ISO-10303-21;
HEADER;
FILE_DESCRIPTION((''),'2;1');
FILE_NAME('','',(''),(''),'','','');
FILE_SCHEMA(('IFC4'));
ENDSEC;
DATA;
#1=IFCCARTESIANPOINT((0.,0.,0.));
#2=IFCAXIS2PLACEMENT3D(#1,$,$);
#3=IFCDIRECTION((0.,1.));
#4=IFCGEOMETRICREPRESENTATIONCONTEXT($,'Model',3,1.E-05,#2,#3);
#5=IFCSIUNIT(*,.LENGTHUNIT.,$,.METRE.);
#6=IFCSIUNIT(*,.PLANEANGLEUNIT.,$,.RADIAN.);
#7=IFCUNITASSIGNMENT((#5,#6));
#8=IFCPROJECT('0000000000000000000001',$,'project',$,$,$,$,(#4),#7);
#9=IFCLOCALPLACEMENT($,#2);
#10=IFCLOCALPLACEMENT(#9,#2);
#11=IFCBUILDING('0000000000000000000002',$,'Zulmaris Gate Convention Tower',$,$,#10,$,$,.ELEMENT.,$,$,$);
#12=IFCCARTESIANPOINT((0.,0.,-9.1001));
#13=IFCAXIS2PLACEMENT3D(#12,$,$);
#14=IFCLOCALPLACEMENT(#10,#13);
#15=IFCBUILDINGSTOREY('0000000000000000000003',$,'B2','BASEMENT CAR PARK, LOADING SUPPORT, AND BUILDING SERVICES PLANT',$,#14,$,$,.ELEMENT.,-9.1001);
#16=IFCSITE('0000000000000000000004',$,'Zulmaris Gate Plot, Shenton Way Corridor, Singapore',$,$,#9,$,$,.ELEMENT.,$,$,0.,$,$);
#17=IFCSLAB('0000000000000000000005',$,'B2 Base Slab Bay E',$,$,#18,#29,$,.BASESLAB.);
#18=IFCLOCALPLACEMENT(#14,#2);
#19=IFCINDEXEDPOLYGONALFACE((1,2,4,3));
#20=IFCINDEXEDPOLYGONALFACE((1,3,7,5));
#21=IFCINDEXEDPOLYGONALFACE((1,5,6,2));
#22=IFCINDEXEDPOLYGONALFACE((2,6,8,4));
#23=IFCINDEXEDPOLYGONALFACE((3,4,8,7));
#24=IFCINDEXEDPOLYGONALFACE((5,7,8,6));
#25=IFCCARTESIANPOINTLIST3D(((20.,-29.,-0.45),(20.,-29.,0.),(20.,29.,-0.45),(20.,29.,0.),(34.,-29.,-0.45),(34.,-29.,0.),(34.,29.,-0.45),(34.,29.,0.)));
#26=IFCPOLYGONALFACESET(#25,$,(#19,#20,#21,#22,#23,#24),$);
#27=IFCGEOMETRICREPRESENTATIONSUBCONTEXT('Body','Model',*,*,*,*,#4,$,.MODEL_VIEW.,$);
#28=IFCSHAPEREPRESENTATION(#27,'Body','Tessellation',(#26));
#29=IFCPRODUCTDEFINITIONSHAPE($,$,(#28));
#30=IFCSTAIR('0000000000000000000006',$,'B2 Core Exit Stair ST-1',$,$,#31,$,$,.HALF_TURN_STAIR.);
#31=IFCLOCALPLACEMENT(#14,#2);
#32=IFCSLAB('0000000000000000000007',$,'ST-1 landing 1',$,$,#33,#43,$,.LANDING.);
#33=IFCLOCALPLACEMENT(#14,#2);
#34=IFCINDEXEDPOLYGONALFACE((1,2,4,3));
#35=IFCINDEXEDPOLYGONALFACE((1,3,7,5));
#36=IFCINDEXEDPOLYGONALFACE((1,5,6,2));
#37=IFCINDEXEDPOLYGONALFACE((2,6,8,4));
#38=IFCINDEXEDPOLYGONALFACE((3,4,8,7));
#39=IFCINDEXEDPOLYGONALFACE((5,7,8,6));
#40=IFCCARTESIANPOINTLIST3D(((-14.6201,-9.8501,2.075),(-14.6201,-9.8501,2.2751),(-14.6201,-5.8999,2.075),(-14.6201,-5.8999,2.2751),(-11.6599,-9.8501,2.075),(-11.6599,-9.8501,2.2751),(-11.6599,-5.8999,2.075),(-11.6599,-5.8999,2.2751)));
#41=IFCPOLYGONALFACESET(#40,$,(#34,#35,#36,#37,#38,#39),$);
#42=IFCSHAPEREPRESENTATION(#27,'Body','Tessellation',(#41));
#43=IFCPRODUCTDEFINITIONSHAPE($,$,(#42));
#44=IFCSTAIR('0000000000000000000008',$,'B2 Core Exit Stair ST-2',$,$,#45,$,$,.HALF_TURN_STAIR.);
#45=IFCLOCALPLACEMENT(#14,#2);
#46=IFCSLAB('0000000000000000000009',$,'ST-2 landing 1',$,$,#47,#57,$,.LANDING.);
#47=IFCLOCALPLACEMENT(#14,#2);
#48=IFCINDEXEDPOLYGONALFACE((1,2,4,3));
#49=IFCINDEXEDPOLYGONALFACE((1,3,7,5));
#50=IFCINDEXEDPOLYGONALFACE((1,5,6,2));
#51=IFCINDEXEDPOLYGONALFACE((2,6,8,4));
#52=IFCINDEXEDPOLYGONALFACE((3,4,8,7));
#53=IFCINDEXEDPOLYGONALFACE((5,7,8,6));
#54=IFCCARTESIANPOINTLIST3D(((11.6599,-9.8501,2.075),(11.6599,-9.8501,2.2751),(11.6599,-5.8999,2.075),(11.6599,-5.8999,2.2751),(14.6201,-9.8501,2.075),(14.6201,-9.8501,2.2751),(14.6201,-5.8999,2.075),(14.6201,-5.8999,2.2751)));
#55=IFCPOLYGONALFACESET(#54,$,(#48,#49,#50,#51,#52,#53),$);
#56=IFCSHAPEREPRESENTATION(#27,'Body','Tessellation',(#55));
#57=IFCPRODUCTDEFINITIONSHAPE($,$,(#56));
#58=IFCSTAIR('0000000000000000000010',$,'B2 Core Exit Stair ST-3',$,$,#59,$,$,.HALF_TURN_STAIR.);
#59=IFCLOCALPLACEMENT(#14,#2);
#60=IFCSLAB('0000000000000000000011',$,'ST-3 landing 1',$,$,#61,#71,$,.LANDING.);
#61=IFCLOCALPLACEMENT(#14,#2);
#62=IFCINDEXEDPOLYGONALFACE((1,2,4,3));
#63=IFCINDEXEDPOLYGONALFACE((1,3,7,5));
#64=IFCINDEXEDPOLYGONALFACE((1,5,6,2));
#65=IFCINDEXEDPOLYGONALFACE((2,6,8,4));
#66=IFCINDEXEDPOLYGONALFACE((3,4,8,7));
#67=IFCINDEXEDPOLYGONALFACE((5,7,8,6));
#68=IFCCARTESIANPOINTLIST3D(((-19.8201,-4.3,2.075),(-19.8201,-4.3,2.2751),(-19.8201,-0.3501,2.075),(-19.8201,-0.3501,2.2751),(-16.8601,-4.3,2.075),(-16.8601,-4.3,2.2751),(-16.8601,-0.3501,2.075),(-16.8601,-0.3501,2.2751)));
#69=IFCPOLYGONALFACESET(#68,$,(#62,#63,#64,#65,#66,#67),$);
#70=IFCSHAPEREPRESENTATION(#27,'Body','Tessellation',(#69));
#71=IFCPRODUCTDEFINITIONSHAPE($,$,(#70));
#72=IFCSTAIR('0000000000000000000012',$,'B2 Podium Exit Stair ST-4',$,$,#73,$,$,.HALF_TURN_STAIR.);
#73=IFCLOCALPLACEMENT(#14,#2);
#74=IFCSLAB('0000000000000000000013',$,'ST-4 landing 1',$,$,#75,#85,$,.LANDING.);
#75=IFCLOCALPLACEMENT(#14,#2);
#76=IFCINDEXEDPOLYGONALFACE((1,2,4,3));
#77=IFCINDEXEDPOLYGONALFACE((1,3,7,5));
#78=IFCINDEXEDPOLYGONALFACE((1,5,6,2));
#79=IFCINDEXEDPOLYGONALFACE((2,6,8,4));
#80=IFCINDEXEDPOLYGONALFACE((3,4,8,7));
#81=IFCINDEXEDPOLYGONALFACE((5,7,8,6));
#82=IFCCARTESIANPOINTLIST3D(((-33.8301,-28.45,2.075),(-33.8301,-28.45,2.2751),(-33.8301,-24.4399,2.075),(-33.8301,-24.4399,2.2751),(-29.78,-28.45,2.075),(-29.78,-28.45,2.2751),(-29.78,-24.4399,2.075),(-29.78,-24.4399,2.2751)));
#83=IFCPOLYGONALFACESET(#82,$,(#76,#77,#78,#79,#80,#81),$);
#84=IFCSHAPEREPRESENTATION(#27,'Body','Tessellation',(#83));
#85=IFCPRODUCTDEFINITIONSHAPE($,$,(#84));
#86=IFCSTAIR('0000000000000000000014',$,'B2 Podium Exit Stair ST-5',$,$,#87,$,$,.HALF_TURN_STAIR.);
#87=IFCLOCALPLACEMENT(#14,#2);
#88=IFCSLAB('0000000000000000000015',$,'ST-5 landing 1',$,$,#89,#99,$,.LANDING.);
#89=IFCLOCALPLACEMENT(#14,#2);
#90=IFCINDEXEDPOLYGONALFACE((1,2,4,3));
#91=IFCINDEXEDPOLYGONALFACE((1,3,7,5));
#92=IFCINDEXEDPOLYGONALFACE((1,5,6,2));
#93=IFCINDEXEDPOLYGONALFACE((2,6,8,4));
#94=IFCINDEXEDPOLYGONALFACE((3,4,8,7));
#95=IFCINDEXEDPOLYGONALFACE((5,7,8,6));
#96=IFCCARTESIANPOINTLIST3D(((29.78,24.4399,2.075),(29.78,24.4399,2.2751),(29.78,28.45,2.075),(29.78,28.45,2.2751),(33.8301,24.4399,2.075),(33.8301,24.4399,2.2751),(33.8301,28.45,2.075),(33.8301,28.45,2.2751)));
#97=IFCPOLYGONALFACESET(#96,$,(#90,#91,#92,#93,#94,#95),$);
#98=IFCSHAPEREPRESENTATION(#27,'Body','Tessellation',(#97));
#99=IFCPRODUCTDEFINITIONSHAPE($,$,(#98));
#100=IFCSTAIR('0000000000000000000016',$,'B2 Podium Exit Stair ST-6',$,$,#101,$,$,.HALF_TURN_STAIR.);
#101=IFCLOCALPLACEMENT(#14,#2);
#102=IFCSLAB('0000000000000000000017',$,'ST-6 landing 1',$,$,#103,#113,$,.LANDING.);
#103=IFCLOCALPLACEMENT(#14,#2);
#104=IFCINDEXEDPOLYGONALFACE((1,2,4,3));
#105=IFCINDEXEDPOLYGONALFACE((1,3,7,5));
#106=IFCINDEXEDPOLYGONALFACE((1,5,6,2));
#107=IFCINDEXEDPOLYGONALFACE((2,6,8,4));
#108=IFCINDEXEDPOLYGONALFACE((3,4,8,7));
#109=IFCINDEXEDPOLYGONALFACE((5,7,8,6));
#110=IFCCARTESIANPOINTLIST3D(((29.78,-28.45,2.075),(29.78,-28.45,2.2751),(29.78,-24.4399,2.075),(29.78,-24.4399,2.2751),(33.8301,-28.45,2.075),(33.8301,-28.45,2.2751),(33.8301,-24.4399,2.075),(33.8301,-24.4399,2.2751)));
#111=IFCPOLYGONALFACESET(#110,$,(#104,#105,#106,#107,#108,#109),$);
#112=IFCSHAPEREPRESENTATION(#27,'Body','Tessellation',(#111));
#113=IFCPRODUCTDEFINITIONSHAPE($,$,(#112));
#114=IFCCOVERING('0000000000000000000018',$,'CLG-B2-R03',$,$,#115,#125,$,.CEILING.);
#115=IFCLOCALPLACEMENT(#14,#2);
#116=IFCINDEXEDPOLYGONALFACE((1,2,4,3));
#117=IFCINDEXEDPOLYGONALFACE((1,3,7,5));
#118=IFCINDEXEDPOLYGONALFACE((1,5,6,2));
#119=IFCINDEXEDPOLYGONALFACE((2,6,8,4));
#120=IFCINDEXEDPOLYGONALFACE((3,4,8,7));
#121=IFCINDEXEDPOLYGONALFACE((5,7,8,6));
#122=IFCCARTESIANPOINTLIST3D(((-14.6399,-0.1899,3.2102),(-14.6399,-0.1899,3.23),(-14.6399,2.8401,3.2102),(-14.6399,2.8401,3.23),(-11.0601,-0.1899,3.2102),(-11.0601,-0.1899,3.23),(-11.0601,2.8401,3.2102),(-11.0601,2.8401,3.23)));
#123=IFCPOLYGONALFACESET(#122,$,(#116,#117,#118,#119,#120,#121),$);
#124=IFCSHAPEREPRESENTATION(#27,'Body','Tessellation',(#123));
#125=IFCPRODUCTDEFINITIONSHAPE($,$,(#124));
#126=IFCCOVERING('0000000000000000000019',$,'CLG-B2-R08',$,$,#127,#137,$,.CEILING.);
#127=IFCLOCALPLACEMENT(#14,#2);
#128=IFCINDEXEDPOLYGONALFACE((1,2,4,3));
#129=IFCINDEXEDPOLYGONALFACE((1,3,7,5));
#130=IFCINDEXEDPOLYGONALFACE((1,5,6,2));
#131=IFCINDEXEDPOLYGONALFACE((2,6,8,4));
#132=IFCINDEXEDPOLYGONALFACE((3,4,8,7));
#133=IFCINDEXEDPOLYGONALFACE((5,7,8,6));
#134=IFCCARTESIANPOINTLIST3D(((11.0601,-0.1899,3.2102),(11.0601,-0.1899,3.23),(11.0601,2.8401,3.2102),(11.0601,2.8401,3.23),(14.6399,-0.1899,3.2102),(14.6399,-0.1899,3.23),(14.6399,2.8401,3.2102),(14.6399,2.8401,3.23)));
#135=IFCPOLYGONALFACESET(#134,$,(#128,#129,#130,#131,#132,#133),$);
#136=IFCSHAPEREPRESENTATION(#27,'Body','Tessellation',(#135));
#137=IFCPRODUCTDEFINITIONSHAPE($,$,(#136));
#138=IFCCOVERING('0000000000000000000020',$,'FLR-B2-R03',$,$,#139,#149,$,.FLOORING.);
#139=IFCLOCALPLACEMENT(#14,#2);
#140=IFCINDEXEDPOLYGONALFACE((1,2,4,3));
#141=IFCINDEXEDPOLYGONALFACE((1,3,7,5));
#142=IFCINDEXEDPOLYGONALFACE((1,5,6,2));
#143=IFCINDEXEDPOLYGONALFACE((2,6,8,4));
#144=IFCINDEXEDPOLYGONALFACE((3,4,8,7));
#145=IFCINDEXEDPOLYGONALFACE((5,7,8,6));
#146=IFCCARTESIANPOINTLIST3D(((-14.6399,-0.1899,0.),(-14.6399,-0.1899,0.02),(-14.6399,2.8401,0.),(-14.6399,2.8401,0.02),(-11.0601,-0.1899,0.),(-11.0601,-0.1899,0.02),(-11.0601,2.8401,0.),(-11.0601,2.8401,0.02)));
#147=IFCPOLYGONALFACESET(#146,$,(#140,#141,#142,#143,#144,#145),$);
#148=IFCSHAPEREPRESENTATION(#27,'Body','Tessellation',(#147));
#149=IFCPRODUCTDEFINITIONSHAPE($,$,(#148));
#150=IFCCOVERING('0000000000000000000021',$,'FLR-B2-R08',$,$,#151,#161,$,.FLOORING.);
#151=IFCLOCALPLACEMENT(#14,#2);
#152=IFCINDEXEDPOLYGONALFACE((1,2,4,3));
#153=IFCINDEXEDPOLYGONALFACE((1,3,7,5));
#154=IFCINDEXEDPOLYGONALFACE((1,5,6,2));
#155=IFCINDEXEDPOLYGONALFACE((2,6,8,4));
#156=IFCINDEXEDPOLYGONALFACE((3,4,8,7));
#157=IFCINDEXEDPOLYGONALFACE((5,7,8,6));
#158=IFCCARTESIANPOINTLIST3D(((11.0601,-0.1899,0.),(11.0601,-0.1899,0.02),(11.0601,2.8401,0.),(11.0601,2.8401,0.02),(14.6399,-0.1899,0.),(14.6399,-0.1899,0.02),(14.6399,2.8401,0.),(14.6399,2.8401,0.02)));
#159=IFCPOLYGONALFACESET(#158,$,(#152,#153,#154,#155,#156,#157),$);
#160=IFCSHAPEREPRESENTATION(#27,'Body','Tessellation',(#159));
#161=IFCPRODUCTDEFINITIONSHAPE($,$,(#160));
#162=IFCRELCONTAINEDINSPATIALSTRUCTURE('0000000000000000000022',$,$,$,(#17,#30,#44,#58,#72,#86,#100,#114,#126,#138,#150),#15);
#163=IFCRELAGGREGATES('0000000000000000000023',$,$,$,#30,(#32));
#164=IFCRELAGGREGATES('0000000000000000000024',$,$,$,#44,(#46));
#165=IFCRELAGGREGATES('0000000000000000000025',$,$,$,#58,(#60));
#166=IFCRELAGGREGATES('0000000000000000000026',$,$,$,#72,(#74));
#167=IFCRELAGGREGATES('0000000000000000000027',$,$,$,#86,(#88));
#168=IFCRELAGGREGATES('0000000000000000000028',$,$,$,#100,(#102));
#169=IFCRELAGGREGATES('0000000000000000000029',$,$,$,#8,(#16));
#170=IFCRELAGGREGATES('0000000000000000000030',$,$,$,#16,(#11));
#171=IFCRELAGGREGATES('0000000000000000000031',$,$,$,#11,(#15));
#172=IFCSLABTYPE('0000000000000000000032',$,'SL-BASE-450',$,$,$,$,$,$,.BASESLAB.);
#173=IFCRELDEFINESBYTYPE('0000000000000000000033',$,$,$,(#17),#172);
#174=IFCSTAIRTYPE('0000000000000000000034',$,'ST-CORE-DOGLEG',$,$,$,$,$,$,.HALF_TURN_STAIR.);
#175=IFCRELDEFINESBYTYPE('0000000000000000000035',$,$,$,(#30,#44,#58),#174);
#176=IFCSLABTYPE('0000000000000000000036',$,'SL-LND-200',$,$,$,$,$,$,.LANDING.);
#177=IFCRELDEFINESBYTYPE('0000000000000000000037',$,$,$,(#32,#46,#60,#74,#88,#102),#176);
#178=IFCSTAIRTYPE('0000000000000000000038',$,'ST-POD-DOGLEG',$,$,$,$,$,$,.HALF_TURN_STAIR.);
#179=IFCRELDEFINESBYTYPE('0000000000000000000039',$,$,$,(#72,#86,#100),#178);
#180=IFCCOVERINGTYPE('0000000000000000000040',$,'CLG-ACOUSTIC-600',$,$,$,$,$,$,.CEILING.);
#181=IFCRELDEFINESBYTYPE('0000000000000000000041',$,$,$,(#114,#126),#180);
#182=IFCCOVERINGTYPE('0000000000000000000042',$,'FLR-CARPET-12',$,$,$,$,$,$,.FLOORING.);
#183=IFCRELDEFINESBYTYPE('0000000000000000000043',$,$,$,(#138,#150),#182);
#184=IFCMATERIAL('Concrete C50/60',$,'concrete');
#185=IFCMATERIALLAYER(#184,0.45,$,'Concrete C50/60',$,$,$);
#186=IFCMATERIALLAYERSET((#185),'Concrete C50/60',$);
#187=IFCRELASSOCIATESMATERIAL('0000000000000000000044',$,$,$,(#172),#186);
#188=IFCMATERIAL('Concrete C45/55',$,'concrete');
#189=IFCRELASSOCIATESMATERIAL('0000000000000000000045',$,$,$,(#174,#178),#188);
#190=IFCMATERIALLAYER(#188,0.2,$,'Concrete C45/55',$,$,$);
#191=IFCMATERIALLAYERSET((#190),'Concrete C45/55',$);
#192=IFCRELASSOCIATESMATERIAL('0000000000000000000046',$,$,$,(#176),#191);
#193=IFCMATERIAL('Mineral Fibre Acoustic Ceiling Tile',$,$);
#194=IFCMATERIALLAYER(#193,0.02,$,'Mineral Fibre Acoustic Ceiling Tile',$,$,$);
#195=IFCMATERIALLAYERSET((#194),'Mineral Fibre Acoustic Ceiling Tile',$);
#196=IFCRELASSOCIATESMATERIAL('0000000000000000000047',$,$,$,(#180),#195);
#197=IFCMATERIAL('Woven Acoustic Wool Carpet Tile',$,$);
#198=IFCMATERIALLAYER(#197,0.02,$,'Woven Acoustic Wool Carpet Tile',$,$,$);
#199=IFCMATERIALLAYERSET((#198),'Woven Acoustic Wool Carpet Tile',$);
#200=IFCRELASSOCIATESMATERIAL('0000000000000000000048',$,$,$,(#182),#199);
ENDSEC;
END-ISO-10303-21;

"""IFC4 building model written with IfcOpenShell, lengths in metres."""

from ifc_helpers import new_model, si_unit, direction, frame, origin, place, context, subcontext, project, spatial, polyline, outline, extrude, material, layer, layer_set, type_object, element, aggregate, save


model = new_model("IFC4")

# Units and contexts
model_context = context("Model", 3, precision=1e-05, world=origin(), true_north=direction((0.0, 1.0)))
body_context = subcontext(model_context, "Body", "Model", "MODEL_VIEW")
ifc_project = project(units=[si_unit("LENGTHUNIT", "METRE"), si_unit("PLANEANGLEUNIT", "RADIAN")], contexts=[model_context])

# Site, building, storey
site_placement = place(None, origin())
site = spatial("IfcSite", under=ifc_project, at=site_placement, Name="Zulmaris Gate Plot, Shenton Way Corridor, Singapore", CompositionType="ELEMENT", RefElevation=0.0)
building_placement = place(site_placement, origin())
building = spatial("IfcBuilding", under=site, at=building_placement, Name="Zulmaris Gate Convention Tower", CompositionType="ELEMENT")
storey_placement = place(building_placement, frame((0.0, 0.0, -9.1001)))
storey = spatial("IfcBuildingStorey", under=building, at=storey_placement, Name="B2", Description="BASEMENT CAR PARK, LOADING SUPPORT, AND BUILDING SERVICES PLANT", CompositionType="ELEMENT", Elevation=-9.1001)

# Shared definitions
ifc_material_1 = material(Name="Concrete C50/60", Category="concrete")

# Slab
ifc_layer_1 = layer(ifc_material_1, 0.45, Name="Concrete C50/60")
ifc_layer_set_1 = layer_set([ifc_layer_1], Name="Concrete C50/60")
slab_type_1 = type_object("IfcSlabType", Name="SL-BASE-450", PredefinedType="BASESLAB", material=ifc_layer_set_1)
slab_1_placement = place(storey_placement, frame((0.0, 0.0, -0.45)))
element("IfcSlab", 1, at=slab_1_placement, inside=storey, type_object=slab_type_1, Name="B2 Base Slab Bay E", PredefinedType="BASESLAB", context=body_context, shape_type="SweptSolid", body=[
    extrude(outline(polyline([(20.0, -29.0), (34.0, -29.0), (34.0, 29.0), (20.0, 29.0), (20.0, -29.0)])), origin(), (0.0, 0.0, 1.0), 0.45),
])

# Stairs, slabs
ifc_material_2 = material(Name="Concrete C45/55", Category="concrete")
stair_type_1 = type_object("IfcStairType", Name="ST-CORE-DOGLEG", PredefinedType="HALF_TURN_STAIR", material=ifc_material_2)
stair_1_placement = place(storey_placement, origin())
stair_1 = element("IfcStair", 2, at=stair_1_placement, inside=storey, type_object=stair_type_1, Name="B2 Core Exit Stair ST-1", PredefinedType="HALF_TURN_STAIR")
ifc_layer_2 = layer(ifc_material_2, 0.2, Name="Concrete C45/55")
ifc_layer_set_2 = layer_set([ifc_layer_2], Name="Concrete C45/55")
slab_type_2 = type_object("IfcSlabType", Name="SL-LND-200", PredefinedType="LANDING", material=ifc_layer_set_2)
slab_2_placement = place(storey_placement, frame((0.0, 0.0, 2.075)))
slab_2 = element("IfcSlab", 3, at=slab_2_placement, type_object=slab_type_2, Name="ST-1 landing 1", PredefinedType="LANDING", context=body_context, shape_type="SweptSolid", body=[
    extrude(outline(polyline([(-14.6201, -5.8999), (-14.6201, -9.8501), (-11.6599, -9.8501), (-11.6599, -5.8999), (-14.6201, -5.8999)])), origin(), (0.0, 0.0, 1.0), 0.2002),
])
aggregate(stair_1, [slab_2])
stair_2_placement = place(storey_placement, origin())
stair_2 = element("IfcStair", 4, at=stair_2_placement, inside=storey, type_object=stair_type_1, Name="B2 Core Exit Stair ST-2", PredefinedType="HALF_TURN_STAIR")
slab_3_placement = place(storey_placement, frame((0.0, 0.0, 2.075)))
slab_3 = element("IfcSlab", 5, at=slab_3_placement, type_object=slab_type_2, Name="ST-2 landing 1", PredefinedType="LANDING", context=body_context, shape_type="SweptSolid", body=[
    extrude(outline(polyline([(11.6599, -5.8999), (11.6599, -9.8501), (14.6201, -9.8501), (14.6201, -5.8999), (11.6599, -5.8999)])), origin(), (0.0, 0.0, 1.0), 0.2002),
])
aggregate(stair_2, [slab_3])
stair_3_placement = place(storey_placement, origin())
stair_3 = element("IfcStair", 6, at=stair_3_placement, inside=storey, type_object=stair_type_1, Name="B2 Core Exit Stair ST-3", PredefinedType="HALF_TURN_STAIR")
slab_4_placement = place(storey_placement, frame((0.0, 0.0, 2.075)))
slab_4 = element("IfcSlab", 7, at=slab_4_placement, type_object=slab_type_2, Name="ST-3 landing 1", PredefinedType="LANDING", context=body_context, shape_type="SweptSolid", body=[
    extrude(outline(polyline([(-16.8601, -4.3), (-16.8601, -0.3501), (-19.8201, -0.3501), (-19.8201, -4.3), (-16.8601, -4.3)])), origin(), (0.0, 0.0, 1.0), 0.2002),
])
aggregate(stair_3, [slab_4])
stair_type_2 = type_object("IfcStairType", Name="ST-POD-DOGLEG", PredefinedType="HALF_TURN_STAIR", material=ifc_material_2)
stair_4_placement = place(storey_placement, origin())
stair_4 = element("IfcStair", 8, at=stair_4_placement, inside=storey, type_object=stair_type_2, Name="B2 Podium Exit Stair ST-4", PredefinedType="HALF_TURN_STAIR")
slab_5_placement = place(storey_placement, frame((0.0, 0.0, 2.075)))
slab_5 = element("IfcSlab", 9, at=slab_5_placement, type_object=slab_type_2, Name="ST-4 landing 1", PredefinedType="LANDING", context=body_context, shape_type="SweptSolid", body=[
    extrude(outline(polyline([(-33.8301, -24.4399), (-33.8301, -28.45), (-29.78, -28.45), (-29.78, -24.4399), (-33.8301, -24.4399)])), origin(), (0.0, 0.0, 1.0), 0.2002),
])
aggregate(stair_4, [slab_5])
stair_5_placement = place(storey_placement, origin())
stair_5 = element("IfcStair", 10, at=stair_5_placement, inside=storey, type_object=stair_type_2, Name="B2 Podium Exit Stair ST-5", PredefinedType="HALF_TURN_STAIR")
slab_6_placement = place(storey_placement, frame((0.0, 0.0, 2.075)))
slab_6 = element("IfcSlab", 11, at=slab_6_placement, type_object=slab_type_2, Name="ST-5 landing 1", PredefinedType="LANDING", context=body_context, shape_type="SweptSolid", body=[
    extrude(outline(polyline([(33.8301, 24.4399), (33.8301, 28.45), (29.78, 28.45), (29.78, 24.4399), (33.8301, 24.4399)])), origin(), (0.0, 0.0, 1.0), 0.2002),
])
aggregate(stair_5, [slab_6])
stair_6_placement = place(storey_placement, origin())
stair_6 = element("IfcStair", 12, at=stair_6_placement, inside=storey, type_object=stair_type_2, Name="B2 Podium Exit Stair ST-6", PredefinedType="HALF_TURN_STAIR")
slab_7_placement = place(storey_placement, frame((0.0, 0.0, 2.075)))
slab_7 = element("IfcSlab", 13, at=slab_7_placement, type_object=slab_type_2, Name="ST-6 landing 1", PredefinedType="LANDING", context=body_context, shape_type="SweptSolid", body=[
    extrude(outline(polyline([(29.78, -24.4399), (29.78, -28.45), (33.8301, -28.45), (33.8301, -24.4399), (29.78, -24.4399)])), origin(), (0.0, 0.0, 1.0), 0.2002),
])
aggregate(stair_6, [slab_7])

# Coverings
ifc_material_3 = material(Name="Mineral Fibre Acoustic Ceiling Tile")
ifc_layer_3 = layer(ifc_material_3, 0.02, Name="Mineral Fibre Acoustic Ceiling Tile")
ifc_layer_set_3 = layer_set([ifc_layer_3], Name="Mineral Fibre Acoustic Ceiling Tile")
covering_type_1 = type_object("IfcCoveringType", Name="CLG-ACOUSTIC-600", PredefinedType="CEILING", material=ifc_layer_set_3)
covering_1_placement = place(storey_placement, frame((0.0, 0.0, 3.2102)))
element("IfcCovering", 14, at=covering_1_placement, inside=storey, type_object=covering_type_1, Name="CLG-B2-R03", PredefinedType="CEILING", context=body_context, shape_type="SweptSolid", body=[
    extrude(outline(polyline([(-14.6399, -0.1899), (-11.0601, -0.1899), (-11.0601, 2.8401), (-14.6399, 2.8401), (-14.6399, -0.1899)])), origin(), (0.0, 0.0, 1.0), 0.0198),
])
covering_2_placement = place(storey_placement, frame((0.0, 0.0, 3.2102)))
element("IfcCovering", 15, at=covering_2_placement, inside=storey, type_object=covering_type_1, Name="CLG-B2-R08", PredefinedType="CEILING", context=body_context, shape_type="SweptSolid", body=[
    extrude(outline(polyline([(11.0601, -0.1899), (14.6399, -0.1899), (14.6399, 2.8401), (11.0601, 2.8401), (11.0601, -0.1899)])), origin(), (0.0, 0.0, 1.0), 0.0198),
])
ifc_material_4 = material(Name="Woven Acoustic Wool Carpet Tile")
ifc_layer_4 = layer(ifc_material_4, 0.02, Name="Woven Acoustic Wool Carpet Tile")
ifc_layer_set_4 = layer_set([ifc_layer_4], Name="Woven Acoustic Wool Carpet Tile")
covering_type_2 = type_object("IfcCoveringType", Name="FLR-CARPET-12", PredefinedType="FLOORING", material=ifc_layer_set_4)
covering_3_placement = place(storey_placement, origin())
element("IfcCovering", 16, at=covering_3_placement, inside=storey, type_object=covering_type_2, Name="FLR-B2-R03", PredefinedType="FLOORING", context=body_context, shape_type="SweptSolid", body=[
    extrude(outline(polyline([(-14.6399, -0.1899), (-11.0601, -0.1899), (-11.0601, 2.8401), (-14.6399, 2.8401), (-14.6399, -0.1899)])), origin(), (0.0, 0.0, 1.0), 0.02),
])
covering_4_placement = place(storey_placement, origin())
element("IfcCovering", 17, at=covering_4_placement, inside=storey, type_object=covering_type_2, Name="FLR-B2-R08", PredefinedType="FLOORING", context=body_context, shape_type="SweptSolid", body=[
    extrude(outline(polyline([(11.0601, -0.1899), (14.6399, -0.1899), (14.6399, 2.8401), (11.0601, 2.8401), (11.0601, -0.1899)])), origin(), (0.0, 0.0, 1.0), 0.02),
])

save(model, "model.ifc")
